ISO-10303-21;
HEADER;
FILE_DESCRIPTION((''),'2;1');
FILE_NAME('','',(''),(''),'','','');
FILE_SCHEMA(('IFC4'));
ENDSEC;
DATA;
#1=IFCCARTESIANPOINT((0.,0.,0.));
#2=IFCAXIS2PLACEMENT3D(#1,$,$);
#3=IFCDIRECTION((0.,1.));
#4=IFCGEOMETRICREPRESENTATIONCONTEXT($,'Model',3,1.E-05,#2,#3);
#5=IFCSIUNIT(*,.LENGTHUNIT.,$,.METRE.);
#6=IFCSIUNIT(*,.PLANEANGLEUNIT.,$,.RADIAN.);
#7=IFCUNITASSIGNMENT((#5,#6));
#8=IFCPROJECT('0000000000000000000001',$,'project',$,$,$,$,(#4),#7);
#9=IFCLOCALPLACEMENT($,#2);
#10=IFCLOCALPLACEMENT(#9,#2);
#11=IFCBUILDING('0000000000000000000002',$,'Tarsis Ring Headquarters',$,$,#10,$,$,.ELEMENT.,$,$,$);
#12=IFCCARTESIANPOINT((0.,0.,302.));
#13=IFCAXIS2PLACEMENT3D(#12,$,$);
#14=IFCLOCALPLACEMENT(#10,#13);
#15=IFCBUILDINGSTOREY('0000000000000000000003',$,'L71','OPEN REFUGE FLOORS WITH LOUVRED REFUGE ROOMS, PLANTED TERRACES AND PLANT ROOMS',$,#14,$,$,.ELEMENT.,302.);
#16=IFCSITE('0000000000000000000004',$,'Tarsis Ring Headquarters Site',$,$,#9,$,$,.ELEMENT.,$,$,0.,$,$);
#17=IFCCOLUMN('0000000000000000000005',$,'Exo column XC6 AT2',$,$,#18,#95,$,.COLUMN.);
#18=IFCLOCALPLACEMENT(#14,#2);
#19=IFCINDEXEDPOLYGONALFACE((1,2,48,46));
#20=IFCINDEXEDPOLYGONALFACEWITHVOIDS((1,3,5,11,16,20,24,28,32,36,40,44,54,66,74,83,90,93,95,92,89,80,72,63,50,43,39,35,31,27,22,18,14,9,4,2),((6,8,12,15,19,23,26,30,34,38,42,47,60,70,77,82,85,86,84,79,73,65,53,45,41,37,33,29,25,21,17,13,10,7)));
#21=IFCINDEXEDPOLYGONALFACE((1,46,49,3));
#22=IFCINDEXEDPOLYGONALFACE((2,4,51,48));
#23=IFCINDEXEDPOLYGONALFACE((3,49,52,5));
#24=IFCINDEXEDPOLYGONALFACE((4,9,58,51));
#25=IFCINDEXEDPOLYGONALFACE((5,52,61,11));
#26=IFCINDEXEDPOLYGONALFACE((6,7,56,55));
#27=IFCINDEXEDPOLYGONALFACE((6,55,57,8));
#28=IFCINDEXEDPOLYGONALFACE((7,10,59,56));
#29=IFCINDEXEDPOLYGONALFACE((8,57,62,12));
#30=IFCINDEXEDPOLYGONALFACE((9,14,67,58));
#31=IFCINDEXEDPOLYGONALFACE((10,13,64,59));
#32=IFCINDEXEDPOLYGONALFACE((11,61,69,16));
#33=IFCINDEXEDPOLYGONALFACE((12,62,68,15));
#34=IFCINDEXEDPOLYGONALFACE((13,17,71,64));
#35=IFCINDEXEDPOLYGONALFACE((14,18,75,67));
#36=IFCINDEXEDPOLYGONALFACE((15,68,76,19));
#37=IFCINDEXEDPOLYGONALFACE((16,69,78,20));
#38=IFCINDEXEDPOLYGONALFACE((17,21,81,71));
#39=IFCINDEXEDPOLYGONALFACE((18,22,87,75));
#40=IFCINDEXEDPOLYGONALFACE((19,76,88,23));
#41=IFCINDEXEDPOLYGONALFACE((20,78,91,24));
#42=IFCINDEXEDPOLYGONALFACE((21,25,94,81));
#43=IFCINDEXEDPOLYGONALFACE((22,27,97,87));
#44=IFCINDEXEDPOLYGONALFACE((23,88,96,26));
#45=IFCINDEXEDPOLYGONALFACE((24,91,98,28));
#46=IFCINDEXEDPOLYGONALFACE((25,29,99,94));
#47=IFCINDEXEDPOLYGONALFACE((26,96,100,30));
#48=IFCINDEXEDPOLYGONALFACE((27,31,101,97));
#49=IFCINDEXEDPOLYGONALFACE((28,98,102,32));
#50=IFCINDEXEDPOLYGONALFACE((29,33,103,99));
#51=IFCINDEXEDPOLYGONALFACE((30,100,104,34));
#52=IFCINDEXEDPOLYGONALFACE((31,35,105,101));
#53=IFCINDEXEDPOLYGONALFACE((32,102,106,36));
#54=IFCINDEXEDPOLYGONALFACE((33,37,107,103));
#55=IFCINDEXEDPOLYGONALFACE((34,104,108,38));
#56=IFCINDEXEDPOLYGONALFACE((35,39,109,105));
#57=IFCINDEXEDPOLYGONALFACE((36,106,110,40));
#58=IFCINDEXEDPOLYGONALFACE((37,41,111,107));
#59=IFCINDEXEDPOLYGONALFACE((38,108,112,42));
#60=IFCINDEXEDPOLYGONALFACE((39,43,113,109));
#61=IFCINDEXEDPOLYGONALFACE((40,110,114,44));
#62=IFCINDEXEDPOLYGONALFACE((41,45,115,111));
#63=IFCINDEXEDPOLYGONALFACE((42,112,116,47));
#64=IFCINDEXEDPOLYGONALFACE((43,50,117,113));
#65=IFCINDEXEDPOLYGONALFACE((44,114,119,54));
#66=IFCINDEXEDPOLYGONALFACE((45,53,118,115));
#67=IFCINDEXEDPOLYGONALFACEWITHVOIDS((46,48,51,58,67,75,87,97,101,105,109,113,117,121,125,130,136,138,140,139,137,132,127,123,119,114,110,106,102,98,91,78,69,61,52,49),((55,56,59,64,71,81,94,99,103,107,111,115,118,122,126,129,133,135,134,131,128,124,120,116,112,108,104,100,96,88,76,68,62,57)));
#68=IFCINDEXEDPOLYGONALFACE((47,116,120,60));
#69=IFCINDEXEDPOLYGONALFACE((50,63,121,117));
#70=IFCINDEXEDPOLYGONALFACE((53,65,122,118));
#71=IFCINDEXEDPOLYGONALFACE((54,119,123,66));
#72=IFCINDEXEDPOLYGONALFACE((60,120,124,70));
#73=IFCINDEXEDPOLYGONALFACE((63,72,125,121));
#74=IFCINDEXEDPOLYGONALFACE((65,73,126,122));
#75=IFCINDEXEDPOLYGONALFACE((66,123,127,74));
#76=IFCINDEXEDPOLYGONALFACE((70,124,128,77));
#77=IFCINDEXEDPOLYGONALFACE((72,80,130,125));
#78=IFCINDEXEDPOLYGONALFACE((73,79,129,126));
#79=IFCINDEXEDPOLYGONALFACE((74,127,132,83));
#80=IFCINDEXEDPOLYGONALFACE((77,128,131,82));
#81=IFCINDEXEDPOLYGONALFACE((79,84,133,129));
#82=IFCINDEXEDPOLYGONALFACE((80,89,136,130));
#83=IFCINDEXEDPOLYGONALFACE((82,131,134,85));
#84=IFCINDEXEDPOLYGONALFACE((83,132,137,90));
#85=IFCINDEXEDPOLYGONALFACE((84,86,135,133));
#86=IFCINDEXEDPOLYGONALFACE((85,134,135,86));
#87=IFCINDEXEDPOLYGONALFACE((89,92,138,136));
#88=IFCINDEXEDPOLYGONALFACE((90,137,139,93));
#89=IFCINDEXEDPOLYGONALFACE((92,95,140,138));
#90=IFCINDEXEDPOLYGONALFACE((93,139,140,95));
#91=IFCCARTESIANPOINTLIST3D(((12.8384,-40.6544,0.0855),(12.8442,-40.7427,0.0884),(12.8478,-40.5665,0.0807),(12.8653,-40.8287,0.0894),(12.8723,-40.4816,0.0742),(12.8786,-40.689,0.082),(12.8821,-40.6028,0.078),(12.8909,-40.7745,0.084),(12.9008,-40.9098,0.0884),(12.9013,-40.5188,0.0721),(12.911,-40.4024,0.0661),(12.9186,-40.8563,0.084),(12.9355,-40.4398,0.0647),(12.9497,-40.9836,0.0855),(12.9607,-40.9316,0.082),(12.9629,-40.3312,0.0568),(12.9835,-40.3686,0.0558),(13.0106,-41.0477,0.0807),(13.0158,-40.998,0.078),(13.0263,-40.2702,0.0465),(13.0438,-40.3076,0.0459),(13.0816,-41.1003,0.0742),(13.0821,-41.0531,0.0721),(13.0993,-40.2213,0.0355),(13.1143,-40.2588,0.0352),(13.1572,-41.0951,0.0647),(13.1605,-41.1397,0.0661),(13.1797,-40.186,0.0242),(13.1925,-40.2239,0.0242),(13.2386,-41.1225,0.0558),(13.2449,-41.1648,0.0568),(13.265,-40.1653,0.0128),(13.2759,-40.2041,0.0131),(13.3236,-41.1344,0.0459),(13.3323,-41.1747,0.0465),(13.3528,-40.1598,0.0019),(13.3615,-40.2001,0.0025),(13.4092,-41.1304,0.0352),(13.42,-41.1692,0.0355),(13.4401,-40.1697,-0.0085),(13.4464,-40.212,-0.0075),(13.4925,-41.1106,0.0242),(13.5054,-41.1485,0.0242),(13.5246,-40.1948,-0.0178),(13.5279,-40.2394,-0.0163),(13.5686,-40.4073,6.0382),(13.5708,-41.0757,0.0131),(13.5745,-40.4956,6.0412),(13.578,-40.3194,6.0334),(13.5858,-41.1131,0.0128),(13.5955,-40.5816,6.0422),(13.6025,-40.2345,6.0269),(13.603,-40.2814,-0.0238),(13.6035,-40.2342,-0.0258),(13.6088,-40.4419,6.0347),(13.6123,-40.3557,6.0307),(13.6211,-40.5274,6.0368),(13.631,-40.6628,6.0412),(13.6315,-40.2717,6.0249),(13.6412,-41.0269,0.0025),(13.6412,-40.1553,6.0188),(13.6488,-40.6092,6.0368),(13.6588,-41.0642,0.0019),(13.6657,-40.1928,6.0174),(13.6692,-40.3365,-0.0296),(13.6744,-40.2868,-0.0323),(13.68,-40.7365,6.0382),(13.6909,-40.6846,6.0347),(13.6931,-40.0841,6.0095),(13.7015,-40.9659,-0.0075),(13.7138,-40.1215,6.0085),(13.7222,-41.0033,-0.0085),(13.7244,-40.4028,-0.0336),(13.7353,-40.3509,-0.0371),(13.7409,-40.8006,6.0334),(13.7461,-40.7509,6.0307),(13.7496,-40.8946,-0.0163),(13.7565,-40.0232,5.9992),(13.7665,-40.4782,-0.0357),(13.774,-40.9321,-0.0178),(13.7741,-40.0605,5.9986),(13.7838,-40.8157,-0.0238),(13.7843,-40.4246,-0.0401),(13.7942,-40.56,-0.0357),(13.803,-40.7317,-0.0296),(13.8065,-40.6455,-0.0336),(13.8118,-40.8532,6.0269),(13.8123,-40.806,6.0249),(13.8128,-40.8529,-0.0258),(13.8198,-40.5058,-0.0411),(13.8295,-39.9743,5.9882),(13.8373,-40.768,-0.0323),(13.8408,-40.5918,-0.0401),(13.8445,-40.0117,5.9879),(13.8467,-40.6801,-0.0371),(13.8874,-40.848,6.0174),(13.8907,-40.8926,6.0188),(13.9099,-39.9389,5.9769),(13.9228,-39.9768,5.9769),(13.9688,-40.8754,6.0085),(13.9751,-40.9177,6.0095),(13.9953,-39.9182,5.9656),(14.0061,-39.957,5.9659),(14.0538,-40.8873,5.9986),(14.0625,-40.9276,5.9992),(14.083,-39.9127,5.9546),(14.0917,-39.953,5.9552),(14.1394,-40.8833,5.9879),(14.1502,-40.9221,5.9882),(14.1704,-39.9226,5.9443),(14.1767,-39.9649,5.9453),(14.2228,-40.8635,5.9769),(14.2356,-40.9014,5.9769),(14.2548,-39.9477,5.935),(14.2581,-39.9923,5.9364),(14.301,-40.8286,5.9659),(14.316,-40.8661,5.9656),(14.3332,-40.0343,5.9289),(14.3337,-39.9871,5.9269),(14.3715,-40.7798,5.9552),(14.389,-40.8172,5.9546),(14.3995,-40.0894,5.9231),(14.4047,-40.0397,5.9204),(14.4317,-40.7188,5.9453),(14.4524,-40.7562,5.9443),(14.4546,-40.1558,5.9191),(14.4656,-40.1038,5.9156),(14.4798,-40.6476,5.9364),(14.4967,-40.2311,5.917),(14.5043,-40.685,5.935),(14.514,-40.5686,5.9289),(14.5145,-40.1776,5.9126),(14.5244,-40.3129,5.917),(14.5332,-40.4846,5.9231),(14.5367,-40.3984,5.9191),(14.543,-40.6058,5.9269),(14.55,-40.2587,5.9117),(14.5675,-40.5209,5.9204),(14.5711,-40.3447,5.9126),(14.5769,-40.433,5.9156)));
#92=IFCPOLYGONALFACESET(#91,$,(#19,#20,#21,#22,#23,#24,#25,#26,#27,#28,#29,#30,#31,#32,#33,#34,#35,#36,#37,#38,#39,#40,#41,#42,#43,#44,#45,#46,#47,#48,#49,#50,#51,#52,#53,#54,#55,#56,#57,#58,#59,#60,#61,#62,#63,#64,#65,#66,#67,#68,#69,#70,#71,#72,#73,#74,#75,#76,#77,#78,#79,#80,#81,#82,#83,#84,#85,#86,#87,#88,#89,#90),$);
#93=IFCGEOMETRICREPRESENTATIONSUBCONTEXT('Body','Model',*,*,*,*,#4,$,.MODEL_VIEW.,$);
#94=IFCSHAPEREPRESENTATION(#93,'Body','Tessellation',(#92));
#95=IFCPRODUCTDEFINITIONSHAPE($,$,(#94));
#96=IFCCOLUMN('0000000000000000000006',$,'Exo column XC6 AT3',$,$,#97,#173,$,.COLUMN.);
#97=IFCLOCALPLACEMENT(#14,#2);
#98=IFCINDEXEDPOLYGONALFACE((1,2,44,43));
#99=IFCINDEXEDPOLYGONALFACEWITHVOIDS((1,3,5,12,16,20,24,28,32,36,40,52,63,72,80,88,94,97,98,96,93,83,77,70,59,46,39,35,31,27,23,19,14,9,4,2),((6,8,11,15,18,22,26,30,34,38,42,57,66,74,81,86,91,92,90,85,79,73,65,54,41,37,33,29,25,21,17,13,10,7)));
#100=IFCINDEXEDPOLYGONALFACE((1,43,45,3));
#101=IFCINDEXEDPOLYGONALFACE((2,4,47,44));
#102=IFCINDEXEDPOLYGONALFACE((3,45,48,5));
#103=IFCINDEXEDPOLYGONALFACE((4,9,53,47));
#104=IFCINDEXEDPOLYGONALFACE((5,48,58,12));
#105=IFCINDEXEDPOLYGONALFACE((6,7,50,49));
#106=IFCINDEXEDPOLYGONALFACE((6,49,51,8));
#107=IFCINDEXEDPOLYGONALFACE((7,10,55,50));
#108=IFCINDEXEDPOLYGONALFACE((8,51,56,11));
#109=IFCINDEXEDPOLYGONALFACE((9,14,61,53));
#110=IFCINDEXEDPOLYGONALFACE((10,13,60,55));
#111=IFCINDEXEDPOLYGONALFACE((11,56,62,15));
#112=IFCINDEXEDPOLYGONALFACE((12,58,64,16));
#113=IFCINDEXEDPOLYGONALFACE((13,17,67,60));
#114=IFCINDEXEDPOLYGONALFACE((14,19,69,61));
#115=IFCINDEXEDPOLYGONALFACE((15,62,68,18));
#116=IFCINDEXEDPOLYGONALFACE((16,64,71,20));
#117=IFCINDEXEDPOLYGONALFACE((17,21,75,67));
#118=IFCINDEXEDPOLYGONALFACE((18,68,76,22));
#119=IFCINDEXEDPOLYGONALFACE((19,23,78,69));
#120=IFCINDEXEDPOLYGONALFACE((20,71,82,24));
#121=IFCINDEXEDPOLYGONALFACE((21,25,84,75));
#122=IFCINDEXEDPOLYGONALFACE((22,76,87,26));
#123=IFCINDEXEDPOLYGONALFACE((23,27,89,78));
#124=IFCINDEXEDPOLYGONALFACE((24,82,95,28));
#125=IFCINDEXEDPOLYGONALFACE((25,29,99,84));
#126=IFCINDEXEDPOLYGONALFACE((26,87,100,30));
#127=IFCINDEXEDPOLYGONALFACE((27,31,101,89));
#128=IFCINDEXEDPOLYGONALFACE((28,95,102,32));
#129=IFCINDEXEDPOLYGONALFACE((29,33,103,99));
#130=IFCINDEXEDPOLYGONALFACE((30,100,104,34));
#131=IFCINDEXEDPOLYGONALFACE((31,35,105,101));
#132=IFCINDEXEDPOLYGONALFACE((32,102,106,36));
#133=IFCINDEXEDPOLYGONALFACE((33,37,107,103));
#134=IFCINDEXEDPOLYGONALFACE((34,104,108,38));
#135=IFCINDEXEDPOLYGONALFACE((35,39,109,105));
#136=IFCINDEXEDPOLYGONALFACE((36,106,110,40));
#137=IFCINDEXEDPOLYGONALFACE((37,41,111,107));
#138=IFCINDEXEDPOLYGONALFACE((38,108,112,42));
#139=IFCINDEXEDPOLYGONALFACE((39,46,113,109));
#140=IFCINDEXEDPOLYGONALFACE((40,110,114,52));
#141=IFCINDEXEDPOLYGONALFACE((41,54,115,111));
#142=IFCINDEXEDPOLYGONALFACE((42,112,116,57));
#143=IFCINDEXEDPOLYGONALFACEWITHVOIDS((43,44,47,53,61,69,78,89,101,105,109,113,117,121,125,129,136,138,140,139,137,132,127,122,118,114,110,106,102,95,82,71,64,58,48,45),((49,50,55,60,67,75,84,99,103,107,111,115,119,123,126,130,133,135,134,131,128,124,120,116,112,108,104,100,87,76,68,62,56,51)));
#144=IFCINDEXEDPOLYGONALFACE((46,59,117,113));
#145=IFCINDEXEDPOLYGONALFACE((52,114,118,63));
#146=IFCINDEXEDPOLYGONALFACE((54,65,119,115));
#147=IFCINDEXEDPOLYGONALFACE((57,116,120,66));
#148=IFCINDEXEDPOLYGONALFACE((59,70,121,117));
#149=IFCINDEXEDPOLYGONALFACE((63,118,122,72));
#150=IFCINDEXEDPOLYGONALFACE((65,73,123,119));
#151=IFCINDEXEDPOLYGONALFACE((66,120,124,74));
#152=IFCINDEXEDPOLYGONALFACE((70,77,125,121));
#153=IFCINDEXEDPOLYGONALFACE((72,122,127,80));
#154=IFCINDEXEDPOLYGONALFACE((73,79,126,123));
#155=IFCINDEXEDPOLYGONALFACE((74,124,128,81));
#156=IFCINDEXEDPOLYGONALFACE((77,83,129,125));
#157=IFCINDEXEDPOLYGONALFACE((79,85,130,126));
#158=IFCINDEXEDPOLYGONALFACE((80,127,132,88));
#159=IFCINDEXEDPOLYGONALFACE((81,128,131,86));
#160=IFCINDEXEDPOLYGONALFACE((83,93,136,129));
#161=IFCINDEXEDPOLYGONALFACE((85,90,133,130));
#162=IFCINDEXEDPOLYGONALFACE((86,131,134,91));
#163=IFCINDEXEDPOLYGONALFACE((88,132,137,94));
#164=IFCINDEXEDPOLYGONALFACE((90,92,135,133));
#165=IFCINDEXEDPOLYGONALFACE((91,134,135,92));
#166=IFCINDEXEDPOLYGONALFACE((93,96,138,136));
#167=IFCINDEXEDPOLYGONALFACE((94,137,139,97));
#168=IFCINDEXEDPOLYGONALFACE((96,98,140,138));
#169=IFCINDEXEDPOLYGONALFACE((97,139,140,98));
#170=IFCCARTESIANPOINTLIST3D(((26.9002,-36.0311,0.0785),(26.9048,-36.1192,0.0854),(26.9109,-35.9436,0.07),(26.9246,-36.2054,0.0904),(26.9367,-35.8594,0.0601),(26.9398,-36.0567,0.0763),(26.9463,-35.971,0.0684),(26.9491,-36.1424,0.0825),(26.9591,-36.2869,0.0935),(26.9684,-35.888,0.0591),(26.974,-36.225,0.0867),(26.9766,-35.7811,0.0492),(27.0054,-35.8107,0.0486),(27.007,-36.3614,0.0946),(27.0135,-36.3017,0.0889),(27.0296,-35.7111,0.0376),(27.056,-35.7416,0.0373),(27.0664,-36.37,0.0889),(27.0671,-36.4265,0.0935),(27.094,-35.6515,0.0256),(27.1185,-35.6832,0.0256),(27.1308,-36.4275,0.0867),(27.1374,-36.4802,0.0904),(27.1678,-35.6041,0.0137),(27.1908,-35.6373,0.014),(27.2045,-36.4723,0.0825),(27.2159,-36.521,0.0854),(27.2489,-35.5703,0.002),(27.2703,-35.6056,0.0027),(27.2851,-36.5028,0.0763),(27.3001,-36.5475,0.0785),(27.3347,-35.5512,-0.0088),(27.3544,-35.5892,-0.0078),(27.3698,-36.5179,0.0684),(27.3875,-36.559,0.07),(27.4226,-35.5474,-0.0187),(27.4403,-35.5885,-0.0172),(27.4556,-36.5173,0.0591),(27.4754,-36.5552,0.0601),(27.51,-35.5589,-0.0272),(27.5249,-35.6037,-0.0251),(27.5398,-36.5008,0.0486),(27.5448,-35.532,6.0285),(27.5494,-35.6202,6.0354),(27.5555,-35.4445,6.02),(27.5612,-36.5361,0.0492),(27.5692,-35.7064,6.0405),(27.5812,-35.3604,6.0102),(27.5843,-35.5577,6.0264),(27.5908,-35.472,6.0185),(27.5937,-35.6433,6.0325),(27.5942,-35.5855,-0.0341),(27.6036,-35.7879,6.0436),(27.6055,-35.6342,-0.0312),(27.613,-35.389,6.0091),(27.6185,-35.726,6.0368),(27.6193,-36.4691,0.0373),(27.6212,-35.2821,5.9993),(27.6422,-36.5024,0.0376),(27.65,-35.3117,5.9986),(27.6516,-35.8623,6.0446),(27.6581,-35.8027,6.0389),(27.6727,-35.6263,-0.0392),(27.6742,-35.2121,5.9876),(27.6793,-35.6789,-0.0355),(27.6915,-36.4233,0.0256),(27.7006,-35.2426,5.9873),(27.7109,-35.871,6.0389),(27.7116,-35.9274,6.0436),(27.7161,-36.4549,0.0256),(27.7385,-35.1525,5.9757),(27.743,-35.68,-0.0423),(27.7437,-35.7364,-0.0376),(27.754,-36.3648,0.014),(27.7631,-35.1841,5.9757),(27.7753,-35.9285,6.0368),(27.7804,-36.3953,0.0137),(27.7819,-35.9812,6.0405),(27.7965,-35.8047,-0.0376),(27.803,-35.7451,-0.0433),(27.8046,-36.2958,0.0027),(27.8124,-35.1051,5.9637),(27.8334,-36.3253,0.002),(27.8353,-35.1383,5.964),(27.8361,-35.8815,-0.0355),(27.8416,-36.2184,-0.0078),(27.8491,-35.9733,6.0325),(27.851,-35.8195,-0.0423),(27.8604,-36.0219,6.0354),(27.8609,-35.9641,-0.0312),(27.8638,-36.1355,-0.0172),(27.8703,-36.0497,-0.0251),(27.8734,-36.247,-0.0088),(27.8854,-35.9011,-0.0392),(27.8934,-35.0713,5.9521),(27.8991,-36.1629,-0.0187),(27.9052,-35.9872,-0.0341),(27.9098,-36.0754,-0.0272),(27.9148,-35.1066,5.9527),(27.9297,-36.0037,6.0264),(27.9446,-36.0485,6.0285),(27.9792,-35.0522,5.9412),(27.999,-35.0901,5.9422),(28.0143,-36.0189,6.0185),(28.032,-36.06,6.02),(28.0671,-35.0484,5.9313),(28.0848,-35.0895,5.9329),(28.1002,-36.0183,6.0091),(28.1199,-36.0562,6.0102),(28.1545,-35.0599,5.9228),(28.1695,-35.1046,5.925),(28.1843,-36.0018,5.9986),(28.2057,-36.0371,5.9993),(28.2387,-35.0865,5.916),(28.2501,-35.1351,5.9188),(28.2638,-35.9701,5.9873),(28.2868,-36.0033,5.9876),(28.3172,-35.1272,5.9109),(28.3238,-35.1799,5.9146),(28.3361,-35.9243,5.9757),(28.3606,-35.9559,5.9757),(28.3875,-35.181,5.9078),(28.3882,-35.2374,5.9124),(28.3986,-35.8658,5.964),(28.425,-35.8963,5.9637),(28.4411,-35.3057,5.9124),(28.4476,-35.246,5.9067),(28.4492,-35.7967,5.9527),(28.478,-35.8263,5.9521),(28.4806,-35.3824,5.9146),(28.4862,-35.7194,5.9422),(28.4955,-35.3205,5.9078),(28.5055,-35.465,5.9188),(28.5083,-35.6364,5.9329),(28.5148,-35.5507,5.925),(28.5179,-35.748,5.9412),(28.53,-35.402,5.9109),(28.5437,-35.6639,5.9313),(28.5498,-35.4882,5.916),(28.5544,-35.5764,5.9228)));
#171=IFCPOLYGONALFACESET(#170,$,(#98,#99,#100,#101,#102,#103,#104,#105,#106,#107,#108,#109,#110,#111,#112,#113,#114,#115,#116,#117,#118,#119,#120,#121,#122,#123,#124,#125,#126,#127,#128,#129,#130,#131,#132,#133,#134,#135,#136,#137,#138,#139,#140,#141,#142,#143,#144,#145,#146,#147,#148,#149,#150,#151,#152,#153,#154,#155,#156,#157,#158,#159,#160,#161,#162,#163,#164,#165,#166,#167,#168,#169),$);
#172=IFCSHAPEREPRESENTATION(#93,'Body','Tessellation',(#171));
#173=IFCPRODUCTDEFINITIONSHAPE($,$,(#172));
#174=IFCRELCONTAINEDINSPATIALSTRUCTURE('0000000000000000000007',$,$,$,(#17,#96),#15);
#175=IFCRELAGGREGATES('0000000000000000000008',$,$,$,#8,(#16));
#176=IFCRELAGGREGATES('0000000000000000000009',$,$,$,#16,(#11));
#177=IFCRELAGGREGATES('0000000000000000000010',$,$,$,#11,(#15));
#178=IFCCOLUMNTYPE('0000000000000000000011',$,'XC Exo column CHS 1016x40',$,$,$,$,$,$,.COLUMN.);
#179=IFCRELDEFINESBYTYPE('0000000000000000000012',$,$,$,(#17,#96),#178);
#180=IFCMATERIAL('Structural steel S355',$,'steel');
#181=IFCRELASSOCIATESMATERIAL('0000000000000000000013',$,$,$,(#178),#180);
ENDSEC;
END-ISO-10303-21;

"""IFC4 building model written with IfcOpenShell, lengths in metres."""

from ifc_helpers import new_model, si_unit, direction, frame, origin, origin_2d, place, context, subcontext, project, spatial, hollow_circle, extrude, material, material_profile, profile_set, type_object, element, save


model = new_model("IFC4")

# Units and contexts
model_context = context("Model", 3, precision=1e-05, world=origin(), true_north=direction((0.0, 1.0)))
body_context = subcontext(model_context, "Body", "Model", "MODEL_VIEW")
ifc_project = project(units=[si_unit("LENGTHUNIT", "METRE"), si_unit("PLANEANGLEUNIT", "RADIAN")], contexts=[model_context])

# Site, building, storey
site_placement = place(None, origin())
site = spatial("IfcSite", under=ifc_project, at=site_placement, Name="Tarsis Ring Headquarters Site", CompositionType="ELEMENT", RefElevation=0.0)
building_placement = place(site_placement, origin())
building = spatial("IfcBuilding", under=site, at=building_placement, Name="Tarsis Ring Headquarters", CompositionType="ELEMENT")
storey_placement = place(building_placement, frame((0.0, 0.0, 302.0)))
storey = spatial("IfcBuildingStorey", under=building, at=storey_placement, Name="L71", Description="OPEN REFUGE FLOORS WITH LOUVRED REFUGE ROOMS, PLANTED TERRACES AND PLANT ROOMS", CompositionType="ELEMENT", Elevation=302.0)

# Columns
ifc_material_1 = material(Name="Structural steel S355", Category="steel")
ifc_material_profile_1 = material_profile(ifc_material_1, hollow_circle(Radius=0.5081, WallThickness=0.04, at=origin_2d()), Name="CHS 1016x40")
ifc_profile_set_1 = profile_set([ifc_material_profile_1], Name="Structural steel S355")
column_type = type_object("IfcColumnType", Name="XC Exo column CHS 1016x40", PredefinedType="COLUMN", material=ifc_profile_set_1)
column_1_placement = place(storey_placement, frame((13.3425, -40.6672, 0.0242), z_axis=(0.121657, 0.041162, 0.991718), x_axis=(-0.3205, 0.947249, 0.0)))
element("IfcColumn", 1, at=column_1_placement, inside=storey, type_object=column_type, Name="Exo column XC6 AT2", PredefinedType="COLUMN", context=body_context, shape_type="SweptSolid", body=[
    extrude(hollow_circle(Radius=0.5081, WallThickness=0.04, at=origin_2d()), origin(), (0.0, 0.0, 1.0), 6.0024),
])
column_2_placement = place(storey_placement, frame((27.405, -36.0532, 0.0256), z_axis=(0.107323, 0.083094, 0.990746), x_axis=(-0.612197, 0.790705, 0.0)))
element("IfcColumn", 2, at=column_2_placement, inside=storey, type_object=column_type, Name="Exo column XC6 AT3", PredefinedType="COLUMN", context=body_context, shape_type="SweptSolid", body=[
    extrude(hollow_circle(Radius=0.5081, WallThickness=0.04, at=origin_2d()), origin(), (0.0, 0.0, 1.0), 6.0056),
])

save(model, "model.ifc")
